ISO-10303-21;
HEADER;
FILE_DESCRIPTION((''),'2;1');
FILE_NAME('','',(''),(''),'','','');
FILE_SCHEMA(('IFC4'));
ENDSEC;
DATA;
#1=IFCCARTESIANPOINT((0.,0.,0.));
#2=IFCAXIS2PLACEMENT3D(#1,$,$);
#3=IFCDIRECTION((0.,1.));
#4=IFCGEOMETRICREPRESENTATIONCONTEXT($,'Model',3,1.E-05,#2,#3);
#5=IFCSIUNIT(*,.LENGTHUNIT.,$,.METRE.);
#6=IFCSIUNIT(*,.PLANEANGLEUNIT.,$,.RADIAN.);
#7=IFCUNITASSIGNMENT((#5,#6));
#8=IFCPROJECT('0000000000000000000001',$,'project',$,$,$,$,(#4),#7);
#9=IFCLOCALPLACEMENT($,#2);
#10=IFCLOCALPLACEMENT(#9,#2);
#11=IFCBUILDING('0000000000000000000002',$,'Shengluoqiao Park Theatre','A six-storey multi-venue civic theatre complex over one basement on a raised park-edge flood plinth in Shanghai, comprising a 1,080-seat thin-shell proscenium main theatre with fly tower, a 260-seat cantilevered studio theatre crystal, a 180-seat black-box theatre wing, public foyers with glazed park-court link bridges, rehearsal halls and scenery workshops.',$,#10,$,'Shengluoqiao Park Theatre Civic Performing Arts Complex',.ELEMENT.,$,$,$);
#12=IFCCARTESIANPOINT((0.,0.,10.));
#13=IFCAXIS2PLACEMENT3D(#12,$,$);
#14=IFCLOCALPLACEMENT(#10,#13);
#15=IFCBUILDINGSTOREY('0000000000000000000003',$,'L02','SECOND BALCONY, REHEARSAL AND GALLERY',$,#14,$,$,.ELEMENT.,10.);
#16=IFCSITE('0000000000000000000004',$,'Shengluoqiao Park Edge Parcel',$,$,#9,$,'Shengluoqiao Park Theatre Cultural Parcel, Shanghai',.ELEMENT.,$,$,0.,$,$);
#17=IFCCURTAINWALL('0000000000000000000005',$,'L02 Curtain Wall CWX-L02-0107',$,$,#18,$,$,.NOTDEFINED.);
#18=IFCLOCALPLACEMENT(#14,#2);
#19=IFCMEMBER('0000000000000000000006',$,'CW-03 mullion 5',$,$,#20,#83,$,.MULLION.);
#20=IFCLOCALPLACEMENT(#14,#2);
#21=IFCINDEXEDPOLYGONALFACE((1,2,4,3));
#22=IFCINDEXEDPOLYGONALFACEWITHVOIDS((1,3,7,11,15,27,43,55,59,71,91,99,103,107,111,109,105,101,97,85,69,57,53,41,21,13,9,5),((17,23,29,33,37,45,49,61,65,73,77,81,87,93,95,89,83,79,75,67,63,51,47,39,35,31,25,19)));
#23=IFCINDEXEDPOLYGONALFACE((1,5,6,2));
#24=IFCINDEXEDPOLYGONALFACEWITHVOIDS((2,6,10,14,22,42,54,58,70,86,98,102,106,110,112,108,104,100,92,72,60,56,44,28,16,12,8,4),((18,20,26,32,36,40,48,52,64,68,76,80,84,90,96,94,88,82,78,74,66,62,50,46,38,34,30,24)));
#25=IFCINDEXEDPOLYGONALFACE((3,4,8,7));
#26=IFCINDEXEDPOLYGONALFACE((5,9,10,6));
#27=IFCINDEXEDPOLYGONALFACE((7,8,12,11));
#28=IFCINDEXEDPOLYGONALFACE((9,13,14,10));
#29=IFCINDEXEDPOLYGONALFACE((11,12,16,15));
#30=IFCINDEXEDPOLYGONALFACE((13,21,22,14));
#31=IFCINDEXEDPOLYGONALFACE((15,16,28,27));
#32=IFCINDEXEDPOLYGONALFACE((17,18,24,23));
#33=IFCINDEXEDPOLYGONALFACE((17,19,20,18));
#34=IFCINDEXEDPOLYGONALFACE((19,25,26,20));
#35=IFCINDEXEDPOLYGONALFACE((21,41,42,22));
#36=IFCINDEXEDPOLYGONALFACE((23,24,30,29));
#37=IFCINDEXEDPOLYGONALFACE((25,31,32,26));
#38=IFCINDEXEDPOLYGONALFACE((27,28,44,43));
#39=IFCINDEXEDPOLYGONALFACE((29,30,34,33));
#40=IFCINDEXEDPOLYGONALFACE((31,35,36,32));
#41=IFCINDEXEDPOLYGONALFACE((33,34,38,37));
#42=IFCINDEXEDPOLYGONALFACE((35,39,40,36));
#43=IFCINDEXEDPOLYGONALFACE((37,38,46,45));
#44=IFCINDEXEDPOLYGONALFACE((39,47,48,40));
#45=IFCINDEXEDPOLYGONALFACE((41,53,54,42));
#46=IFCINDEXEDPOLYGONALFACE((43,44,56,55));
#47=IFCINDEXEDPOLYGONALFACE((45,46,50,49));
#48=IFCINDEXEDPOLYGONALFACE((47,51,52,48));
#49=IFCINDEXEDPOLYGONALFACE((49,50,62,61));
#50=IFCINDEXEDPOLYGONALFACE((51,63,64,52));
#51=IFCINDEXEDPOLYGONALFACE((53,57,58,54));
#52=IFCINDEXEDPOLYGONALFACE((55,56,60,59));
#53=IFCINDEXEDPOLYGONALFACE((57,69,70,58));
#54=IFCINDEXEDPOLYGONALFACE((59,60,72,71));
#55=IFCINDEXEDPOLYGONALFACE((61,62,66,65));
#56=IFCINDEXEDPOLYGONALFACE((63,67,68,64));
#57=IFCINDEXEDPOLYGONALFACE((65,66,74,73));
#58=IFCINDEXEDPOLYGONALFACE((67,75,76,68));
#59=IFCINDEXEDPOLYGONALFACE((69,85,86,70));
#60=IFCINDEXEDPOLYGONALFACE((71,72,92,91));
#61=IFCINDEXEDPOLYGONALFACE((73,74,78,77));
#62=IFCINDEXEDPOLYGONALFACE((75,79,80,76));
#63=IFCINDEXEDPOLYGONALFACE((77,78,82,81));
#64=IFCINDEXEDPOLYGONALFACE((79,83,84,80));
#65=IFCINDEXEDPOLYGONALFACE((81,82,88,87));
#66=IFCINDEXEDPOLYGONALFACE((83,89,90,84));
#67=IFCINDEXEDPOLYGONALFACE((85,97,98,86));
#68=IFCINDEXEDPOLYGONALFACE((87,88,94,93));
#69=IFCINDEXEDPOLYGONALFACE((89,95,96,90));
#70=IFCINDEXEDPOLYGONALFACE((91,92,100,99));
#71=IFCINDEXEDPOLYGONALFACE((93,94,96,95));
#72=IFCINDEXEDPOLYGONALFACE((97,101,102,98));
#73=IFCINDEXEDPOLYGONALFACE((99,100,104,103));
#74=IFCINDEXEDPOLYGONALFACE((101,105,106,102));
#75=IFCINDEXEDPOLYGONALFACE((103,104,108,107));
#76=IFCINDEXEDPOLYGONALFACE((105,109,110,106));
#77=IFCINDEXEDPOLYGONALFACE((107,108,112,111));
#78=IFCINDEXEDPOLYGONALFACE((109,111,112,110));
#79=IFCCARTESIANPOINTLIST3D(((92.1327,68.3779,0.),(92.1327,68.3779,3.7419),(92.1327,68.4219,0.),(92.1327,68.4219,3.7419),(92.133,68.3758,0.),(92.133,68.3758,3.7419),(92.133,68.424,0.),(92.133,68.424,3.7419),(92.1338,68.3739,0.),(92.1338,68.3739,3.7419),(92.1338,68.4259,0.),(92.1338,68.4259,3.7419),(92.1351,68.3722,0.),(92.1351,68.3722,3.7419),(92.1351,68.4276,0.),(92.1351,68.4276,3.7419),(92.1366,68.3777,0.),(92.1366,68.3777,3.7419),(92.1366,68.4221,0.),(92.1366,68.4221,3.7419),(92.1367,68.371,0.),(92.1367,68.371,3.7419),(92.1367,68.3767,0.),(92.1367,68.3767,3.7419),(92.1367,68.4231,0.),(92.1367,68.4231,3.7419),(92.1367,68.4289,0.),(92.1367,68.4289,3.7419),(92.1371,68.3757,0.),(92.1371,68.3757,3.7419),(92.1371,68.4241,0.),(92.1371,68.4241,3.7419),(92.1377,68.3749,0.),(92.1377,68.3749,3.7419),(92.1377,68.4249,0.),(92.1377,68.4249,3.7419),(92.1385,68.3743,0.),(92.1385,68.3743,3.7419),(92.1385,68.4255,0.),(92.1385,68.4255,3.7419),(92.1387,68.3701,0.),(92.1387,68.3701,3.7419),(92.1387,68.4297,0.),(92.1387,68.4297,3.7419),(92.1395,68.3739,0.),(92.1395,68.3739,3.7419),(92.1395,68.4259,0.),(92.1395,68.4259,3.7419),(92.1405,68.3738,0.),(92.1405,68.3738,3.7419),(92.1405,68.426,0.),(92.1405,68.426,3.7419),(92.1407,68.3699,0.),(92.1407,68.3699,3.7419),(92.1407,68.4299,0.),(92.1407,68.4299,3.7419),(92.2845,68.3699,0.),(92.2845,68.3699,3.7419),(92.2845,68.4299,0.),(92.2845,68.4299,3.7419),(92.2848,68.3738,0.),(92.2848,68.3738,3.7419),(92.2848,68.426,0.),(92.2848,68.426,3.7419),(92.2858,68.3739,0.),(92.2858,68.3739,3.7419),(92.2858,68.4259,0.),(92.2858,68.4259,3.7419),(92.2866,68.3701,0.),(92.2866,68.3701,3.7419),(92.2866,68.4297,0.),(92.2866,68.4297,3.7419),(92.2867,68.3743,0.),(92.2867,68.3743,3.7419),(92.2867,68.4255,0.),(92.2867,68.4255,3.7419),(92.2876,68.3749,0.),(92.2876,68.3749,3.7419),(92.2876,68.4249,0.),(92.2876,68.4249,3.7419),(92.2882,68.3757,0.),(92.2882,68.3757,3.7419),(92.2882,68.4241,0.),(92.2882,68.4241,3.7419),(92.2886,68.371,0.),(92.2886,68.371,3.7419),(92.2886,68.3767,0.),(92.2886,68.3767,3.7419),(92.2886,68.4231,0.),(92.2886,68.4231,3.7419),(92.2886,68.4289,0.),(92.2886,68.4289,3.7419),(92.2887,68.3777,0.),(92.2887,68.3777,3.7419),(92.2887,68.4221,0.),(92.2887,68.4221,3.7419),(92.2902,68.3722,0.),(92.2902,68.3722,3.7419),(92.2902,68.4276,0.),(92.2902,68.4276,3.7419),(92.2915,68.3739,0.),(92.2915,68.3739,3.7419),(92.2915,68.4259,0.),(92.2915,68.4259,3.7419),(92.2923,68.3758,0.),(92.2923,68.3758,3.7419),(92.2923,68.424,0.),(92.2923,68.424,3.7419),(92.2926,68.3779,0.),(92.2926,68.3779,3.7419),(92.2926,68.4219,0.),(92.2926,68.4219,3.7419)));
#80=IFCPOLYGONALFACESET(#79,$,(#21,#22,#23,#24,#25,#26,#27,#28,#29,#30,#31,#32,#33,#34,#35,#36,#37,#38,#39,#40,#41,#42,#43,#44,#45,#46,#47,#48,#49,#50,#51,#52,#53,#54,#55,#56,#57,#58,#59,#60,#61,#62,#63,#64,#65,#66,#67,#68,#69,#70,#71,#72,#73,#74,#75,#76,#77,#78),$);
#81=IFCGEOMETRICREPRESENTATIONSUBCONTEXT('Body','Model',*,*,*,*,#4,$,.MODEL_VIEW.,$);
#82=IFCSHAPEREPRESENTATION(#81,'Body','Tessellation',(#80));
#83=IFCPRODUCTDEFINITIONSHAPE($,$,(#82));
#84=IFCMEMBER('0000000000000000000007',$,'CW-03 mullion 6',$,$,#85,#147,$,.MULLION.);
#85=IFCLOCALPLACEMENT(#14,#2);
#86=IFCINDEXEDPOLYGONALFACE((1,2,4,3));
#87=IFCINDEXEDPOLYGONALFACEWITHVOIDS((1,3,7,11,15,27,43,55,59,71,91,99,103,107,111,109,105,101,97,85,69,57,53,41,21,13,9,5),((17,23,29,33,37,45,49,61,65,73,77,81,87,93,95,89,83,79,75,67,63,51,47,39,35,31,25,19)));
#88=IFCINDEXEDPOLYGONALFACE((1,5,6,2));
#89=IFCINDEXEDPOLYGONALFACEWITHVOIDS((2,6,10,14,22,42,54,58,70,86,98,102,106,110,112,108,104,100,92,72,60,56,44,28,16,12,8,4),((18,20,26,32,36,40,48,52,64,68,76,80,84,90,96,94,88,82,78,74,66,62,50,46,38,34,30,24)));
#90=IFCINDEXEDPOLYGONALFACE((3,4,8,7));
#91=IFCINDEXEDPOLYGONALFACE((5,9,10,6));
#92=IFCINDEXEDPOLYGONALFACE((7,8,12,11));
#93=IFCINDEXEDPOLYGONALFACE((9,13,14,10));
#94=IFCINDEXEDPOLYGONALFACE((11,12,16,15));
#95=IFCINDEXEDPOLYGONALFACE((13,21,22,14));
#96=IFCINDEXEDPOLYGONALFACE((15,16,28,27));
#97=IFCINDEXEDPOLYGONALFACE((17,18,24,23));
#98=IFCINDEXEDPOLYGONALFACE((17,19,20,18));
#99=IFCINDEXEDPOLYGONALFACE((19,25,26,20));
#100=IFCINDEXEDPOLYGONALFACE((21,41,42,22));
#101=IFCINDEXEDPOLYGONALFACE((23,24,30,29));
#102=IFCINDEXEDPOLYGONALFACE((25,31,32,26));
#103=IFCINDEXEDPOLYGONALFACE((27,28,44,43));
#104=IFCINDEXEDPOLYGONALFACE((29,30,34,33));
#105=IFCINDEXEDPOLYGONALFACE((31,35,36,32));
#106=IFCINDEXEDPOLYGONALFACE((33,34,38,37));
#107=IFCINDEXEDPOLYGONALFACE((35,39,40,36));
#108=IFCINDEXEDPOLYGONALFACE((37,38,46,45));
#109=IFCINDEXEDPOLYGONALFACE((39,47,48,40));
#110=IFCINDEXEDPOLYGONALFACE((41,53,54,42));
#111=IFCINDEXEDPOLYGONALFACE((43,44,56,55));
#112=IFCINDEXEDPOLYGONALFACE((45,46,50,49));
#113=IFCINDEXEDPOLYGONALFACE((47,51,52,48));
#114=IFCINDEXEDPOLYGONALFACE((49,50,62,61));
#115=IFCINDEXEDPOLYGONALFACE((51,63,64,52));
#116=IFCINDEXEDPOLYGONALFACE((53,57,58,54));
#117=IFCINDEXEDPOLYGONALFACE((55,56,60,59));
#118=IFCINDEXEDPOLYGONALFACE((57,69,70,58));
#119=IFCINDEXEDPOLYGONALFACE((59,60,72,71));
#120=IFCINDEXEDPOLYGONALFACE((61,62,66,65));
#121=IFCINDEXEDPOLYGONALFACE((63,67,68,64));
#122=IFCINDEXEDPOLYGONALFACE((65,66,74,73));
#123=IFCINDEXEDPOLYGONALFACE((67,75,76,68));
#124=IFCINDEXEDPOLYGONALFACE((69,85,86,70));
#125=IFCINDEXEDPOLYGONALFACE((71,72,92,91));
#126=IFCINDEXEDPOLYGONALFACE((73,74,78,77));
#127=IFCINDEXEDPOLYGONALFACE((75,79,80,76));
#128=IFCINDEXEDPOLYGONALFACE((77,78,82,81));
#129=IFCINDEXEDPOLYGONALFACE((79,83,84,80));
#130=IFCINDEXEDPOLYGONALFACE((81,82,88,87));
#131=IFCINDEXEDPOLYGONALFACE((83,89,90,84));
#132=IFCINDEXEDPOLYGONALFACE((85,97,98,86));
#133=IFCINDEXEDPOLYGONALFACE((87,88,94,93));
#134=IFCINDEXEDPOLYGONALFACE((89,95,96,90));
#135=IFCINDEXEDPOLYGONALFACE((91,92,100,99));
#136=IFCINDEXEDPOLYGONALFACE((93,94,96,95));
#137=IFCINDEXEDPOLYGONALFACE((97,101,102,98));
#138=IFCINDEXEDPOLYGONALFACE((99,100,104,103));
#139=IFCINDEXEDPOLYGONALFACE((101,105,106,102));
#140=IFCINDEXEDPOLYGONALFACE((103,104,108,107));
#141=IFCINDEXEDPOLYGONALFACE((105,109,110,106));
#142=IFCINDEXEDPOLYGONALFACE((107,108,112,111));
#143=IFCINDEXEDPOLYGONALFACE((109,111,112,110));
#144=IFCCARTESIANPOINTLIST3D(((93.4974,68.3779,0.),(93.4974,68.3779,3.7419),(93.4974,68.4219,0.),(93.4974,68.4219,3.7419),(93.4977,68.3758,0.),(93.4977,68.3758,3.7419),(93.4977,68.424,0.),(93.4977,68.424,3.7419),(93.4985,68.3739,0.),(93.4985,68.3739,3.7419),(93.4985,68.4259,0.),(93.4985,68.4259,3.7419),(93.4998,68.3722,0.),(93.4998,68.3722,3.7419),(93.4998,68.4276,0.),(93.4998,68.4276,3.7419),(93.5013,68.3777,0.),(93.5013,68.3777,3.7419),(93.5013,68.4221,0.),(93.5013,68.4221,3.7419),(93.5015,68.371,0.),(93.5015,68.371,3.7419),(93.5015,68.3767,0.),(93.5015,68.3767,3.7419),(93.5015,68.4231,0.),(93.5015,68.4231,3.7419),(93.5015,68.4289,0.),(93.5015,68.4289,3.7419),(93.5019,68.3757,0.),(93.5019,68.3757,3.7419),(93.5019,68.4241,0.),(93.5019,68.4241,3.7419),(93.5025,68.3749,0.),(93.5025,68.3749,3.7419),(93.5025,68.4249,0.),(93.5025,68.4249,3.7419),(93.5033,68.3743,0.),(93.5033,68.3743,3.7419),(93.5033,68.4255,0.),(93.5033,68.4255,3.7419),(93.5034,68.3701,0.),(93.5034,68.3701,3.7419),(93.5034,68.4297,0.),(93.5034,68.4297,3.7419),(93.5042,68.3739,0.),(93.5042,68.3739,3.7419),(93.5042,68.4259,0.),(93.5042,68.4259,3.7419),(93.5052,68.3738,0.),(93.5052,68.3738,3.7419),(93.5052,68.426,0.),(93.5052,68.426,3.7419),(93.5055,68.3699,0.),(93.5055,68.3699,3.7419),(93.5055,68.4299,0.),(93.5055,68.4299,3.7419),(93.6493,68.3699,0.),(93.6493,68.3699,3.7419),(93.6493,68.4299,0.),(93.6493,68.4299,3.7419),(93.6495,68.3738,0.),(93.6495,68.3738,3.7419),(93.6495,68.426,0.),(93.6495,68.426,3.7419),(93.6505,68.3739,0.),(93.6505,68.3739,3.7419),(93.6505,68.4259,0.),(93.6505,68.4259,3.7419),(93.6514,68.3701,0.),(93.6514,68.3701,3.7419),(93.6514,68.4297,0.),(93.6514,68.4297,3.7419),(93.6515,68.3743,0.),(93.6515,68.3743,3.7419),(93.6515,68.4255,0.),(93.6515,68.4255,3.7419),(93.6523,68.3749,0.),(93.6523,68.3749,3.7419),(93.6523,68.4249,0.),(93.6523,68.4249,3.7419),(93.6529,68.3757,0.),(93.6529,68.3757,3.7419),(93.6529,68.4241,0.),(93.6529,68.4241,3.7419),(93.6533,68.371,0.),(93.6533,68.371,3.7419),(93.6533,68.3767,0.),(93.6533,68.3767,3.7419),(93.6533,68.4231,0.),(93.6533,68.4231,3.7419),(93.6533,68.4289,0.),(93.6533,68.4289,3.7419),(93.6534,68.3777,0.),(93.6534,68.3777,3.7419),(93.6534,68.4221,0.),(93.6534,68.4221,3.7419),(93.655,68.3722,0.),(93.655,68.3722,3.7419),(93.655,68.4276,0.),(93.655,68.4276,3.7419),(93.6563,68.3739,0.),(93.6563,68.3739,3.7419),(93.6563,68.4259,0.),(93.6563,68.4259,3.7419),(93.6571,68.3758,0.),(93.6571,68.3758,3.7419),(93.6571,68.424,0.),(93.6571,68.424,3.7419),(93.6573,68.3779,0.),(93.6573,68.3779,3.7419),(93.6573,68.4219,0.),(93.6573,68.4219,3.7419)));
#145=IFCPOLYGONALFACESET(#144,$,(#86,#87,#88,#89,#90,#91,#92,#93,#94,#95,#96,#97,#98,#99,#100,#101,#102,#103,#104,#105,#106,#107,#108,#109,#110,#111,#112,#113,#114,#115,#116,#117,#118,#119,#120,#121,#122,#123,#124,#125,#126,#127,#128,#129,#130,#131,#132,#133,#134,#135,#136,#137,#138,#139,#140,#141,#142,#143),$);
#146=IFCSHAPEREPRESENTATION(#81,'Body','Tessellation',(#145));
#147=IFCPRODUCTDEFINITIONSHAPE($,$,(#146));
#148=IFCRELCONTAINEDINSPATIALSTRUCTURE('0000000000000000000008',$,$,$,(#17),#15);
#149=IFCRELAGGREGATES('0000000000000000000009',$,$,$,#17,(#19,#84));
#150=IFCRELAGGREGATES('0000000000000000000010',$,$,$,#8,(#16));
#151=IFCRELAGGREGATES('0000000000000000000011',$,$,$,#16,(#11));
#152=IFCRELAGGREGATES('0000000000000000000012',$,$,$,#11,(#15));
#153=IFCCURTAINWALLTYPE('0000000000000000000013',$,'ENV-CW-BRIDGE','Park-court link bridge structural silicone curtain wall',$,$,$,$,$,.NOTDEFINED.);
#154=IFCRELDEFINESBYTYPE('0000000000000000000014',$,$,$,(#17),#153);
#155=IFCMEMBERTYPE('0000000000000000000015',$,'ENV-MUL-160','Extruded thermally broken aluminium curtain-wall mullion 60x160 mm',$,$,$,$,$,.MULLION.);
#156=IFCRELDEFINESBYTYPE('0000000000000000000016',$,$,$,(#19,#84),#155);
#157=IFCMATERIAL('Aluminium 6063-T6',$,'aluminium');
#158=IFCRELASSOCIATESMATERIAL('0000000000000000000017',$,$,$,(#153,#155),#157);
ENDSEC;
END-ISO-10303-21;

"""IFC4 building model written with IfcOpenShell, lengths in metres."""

from ifc_helpers import new_model, si_unit, direction, frame, origin, origin_2d, place, context, subcontext, project, spatial, hollow_rectangle, extrude, material, material_profile, profile_set, type_object, element, aggregate, save


model = new_model("IFC4")

# Units and contexts
model_context = context("Model", 3, precision=1e-05, world=origin(), true_north=direction((0.0, 1.0)))
body_context = subcontext(model_context, "Body", "Model", "MODEL_VIEW")
ifc_project = project(units=[si_unit("LENGTHUNIT", "METRE"), si_unit("PLANEANGLEUNIT", "RADIAN")], contexts=[model_context])

# Site, building, storey
site_placement = place(None, origin())
site = spatial("IfcSite", under=ifc_project, at=site_placement, Name="Shengluoqiao Park Edge Parcel", LongName="Shengluoqiao Park Theatre Cultural Parcel, Shanghai", CompositionType="ELEMENT", RefElevation=0.0)
building_placement = place(site_placement, origin())
building = spatial("IfcBuilding", under=site, at=building_placement, Name="Shengluoqiao Park Theatre", Description="A six-storey multi-venue civic theatre complex over one basement on a raised park-edge flood plinth in Shanghai, comprising a 1,080-seat thin-shell proscenium main theatre with fly tower, a 260-seat cantilevered studio theatre crystal, a 180-seat black-box theatre wing, public foyers with glazed park-court link bridges, rehearsal halls and scenery workshops.", LongName="Shengluoqiao Park Theatre Civic Performing Arts Complex", CompositionType="ELEMENT")
storey_placement = place(building_placement, frame((0.0, 0.0, 10.0)))
storey = spatial("IfcBuildingStorey", under=building, at=storey_placement, Name="L02", Description="SECOND BALCONY, REHEARSAL AND GALLERY", CompositionType="ELEMENT", Elevation=10.0)

# Curtain wall, members
ifc_material_1 = material(Name="Aluminium 6063-T6", Category="aluminium")
curtain_wall_type = type_object("IfcCurtainWallType", Name="ENV-CW-BRIDGE", Description="Park-court link bridge structural silicone curtain wall", PredefinedType="NOTDEFINED", material=ifc_material_1)
curtain_wall_placement = place(storey_placement, origin())
curtain_wall = element("IfcCurtainWall", 1, at=curtain_wall_placement, inside=storey, type_object=curtain_wall_type, Name="L02 Curtain Wall CWX-L02-0107", PredefinedType="NOTDEFINED")
ifc_material_profile_1 = material_profile(ifc_material_1, hollow_rectangle(XDim=0.0601, YDim=0.1599, WallThickness=0.0039, InnerFilletRadius=0.0039, OuterFilletRadius=0.0081, at=origin_2d()), Name="ALU MULLION 160x60x4")
ifc_profile_set_1 = profile_set([ifc_material_profile_1], Name="Aluminium 6063-T6")
member_type_1 = type_object("IfcMemberType", Name="ENV-MUL-160", Description="Extruded thermally broken aluminium curtain-wall mullion 60x160 mm", PredefinedType="MULLION", material=ifc_profile_set_1)
member_1_placement = place(storey_placement, frame((92.2126, 68.3999, 0.0), z_axis=(0.0, 0.0, 1.0), x_axis=(0.0, 1.0, 0.0)))
member_1 = element("IfcMember", 2, at=member_1_placement, type_object=member_type_1, Name="CW-03 mullion 5", PredefinedType="MULLION", context=body_context, shape_type="SweptSolid", body=[
    extrude(hollow_rectangle(XDim=0.0601, YDim=0.1599, WallThickness=0.0039, InnerFilletRadius=0.0039, OuterFilletRadius=0.0081, at=origin_2d()), origin(), (0.0, 0.0, 1.0), 3.7419),
])
member_2_placement = place(storey_placement, frame((93.5774, 68.3999, 0.0), z_axis=(0.0, 0.0, 1.0), x_axis=(0.0, 1.0, 0.0)))
member_2 = element("IfcMember", 3, at=member_2_placement, type_object=member_type_1, Name="CW-03 mullion 6", PredefinedType="MULLION", context=body_context, shape_type="SweptSolid", body=[
    extrude(hollow_rectangle(XDim=0.0601, YDim=0.1599, WallThickness=0.0039, InnerFilletRadius=0.0039, OuterFilletRadius=0.0081, at=origin_2d()), origin(), (0.0, 0.0, 1.0), 3.7419),
])
aggregate(curtain_wall, [member_1, member_2])

save(model, "model.ifc")
